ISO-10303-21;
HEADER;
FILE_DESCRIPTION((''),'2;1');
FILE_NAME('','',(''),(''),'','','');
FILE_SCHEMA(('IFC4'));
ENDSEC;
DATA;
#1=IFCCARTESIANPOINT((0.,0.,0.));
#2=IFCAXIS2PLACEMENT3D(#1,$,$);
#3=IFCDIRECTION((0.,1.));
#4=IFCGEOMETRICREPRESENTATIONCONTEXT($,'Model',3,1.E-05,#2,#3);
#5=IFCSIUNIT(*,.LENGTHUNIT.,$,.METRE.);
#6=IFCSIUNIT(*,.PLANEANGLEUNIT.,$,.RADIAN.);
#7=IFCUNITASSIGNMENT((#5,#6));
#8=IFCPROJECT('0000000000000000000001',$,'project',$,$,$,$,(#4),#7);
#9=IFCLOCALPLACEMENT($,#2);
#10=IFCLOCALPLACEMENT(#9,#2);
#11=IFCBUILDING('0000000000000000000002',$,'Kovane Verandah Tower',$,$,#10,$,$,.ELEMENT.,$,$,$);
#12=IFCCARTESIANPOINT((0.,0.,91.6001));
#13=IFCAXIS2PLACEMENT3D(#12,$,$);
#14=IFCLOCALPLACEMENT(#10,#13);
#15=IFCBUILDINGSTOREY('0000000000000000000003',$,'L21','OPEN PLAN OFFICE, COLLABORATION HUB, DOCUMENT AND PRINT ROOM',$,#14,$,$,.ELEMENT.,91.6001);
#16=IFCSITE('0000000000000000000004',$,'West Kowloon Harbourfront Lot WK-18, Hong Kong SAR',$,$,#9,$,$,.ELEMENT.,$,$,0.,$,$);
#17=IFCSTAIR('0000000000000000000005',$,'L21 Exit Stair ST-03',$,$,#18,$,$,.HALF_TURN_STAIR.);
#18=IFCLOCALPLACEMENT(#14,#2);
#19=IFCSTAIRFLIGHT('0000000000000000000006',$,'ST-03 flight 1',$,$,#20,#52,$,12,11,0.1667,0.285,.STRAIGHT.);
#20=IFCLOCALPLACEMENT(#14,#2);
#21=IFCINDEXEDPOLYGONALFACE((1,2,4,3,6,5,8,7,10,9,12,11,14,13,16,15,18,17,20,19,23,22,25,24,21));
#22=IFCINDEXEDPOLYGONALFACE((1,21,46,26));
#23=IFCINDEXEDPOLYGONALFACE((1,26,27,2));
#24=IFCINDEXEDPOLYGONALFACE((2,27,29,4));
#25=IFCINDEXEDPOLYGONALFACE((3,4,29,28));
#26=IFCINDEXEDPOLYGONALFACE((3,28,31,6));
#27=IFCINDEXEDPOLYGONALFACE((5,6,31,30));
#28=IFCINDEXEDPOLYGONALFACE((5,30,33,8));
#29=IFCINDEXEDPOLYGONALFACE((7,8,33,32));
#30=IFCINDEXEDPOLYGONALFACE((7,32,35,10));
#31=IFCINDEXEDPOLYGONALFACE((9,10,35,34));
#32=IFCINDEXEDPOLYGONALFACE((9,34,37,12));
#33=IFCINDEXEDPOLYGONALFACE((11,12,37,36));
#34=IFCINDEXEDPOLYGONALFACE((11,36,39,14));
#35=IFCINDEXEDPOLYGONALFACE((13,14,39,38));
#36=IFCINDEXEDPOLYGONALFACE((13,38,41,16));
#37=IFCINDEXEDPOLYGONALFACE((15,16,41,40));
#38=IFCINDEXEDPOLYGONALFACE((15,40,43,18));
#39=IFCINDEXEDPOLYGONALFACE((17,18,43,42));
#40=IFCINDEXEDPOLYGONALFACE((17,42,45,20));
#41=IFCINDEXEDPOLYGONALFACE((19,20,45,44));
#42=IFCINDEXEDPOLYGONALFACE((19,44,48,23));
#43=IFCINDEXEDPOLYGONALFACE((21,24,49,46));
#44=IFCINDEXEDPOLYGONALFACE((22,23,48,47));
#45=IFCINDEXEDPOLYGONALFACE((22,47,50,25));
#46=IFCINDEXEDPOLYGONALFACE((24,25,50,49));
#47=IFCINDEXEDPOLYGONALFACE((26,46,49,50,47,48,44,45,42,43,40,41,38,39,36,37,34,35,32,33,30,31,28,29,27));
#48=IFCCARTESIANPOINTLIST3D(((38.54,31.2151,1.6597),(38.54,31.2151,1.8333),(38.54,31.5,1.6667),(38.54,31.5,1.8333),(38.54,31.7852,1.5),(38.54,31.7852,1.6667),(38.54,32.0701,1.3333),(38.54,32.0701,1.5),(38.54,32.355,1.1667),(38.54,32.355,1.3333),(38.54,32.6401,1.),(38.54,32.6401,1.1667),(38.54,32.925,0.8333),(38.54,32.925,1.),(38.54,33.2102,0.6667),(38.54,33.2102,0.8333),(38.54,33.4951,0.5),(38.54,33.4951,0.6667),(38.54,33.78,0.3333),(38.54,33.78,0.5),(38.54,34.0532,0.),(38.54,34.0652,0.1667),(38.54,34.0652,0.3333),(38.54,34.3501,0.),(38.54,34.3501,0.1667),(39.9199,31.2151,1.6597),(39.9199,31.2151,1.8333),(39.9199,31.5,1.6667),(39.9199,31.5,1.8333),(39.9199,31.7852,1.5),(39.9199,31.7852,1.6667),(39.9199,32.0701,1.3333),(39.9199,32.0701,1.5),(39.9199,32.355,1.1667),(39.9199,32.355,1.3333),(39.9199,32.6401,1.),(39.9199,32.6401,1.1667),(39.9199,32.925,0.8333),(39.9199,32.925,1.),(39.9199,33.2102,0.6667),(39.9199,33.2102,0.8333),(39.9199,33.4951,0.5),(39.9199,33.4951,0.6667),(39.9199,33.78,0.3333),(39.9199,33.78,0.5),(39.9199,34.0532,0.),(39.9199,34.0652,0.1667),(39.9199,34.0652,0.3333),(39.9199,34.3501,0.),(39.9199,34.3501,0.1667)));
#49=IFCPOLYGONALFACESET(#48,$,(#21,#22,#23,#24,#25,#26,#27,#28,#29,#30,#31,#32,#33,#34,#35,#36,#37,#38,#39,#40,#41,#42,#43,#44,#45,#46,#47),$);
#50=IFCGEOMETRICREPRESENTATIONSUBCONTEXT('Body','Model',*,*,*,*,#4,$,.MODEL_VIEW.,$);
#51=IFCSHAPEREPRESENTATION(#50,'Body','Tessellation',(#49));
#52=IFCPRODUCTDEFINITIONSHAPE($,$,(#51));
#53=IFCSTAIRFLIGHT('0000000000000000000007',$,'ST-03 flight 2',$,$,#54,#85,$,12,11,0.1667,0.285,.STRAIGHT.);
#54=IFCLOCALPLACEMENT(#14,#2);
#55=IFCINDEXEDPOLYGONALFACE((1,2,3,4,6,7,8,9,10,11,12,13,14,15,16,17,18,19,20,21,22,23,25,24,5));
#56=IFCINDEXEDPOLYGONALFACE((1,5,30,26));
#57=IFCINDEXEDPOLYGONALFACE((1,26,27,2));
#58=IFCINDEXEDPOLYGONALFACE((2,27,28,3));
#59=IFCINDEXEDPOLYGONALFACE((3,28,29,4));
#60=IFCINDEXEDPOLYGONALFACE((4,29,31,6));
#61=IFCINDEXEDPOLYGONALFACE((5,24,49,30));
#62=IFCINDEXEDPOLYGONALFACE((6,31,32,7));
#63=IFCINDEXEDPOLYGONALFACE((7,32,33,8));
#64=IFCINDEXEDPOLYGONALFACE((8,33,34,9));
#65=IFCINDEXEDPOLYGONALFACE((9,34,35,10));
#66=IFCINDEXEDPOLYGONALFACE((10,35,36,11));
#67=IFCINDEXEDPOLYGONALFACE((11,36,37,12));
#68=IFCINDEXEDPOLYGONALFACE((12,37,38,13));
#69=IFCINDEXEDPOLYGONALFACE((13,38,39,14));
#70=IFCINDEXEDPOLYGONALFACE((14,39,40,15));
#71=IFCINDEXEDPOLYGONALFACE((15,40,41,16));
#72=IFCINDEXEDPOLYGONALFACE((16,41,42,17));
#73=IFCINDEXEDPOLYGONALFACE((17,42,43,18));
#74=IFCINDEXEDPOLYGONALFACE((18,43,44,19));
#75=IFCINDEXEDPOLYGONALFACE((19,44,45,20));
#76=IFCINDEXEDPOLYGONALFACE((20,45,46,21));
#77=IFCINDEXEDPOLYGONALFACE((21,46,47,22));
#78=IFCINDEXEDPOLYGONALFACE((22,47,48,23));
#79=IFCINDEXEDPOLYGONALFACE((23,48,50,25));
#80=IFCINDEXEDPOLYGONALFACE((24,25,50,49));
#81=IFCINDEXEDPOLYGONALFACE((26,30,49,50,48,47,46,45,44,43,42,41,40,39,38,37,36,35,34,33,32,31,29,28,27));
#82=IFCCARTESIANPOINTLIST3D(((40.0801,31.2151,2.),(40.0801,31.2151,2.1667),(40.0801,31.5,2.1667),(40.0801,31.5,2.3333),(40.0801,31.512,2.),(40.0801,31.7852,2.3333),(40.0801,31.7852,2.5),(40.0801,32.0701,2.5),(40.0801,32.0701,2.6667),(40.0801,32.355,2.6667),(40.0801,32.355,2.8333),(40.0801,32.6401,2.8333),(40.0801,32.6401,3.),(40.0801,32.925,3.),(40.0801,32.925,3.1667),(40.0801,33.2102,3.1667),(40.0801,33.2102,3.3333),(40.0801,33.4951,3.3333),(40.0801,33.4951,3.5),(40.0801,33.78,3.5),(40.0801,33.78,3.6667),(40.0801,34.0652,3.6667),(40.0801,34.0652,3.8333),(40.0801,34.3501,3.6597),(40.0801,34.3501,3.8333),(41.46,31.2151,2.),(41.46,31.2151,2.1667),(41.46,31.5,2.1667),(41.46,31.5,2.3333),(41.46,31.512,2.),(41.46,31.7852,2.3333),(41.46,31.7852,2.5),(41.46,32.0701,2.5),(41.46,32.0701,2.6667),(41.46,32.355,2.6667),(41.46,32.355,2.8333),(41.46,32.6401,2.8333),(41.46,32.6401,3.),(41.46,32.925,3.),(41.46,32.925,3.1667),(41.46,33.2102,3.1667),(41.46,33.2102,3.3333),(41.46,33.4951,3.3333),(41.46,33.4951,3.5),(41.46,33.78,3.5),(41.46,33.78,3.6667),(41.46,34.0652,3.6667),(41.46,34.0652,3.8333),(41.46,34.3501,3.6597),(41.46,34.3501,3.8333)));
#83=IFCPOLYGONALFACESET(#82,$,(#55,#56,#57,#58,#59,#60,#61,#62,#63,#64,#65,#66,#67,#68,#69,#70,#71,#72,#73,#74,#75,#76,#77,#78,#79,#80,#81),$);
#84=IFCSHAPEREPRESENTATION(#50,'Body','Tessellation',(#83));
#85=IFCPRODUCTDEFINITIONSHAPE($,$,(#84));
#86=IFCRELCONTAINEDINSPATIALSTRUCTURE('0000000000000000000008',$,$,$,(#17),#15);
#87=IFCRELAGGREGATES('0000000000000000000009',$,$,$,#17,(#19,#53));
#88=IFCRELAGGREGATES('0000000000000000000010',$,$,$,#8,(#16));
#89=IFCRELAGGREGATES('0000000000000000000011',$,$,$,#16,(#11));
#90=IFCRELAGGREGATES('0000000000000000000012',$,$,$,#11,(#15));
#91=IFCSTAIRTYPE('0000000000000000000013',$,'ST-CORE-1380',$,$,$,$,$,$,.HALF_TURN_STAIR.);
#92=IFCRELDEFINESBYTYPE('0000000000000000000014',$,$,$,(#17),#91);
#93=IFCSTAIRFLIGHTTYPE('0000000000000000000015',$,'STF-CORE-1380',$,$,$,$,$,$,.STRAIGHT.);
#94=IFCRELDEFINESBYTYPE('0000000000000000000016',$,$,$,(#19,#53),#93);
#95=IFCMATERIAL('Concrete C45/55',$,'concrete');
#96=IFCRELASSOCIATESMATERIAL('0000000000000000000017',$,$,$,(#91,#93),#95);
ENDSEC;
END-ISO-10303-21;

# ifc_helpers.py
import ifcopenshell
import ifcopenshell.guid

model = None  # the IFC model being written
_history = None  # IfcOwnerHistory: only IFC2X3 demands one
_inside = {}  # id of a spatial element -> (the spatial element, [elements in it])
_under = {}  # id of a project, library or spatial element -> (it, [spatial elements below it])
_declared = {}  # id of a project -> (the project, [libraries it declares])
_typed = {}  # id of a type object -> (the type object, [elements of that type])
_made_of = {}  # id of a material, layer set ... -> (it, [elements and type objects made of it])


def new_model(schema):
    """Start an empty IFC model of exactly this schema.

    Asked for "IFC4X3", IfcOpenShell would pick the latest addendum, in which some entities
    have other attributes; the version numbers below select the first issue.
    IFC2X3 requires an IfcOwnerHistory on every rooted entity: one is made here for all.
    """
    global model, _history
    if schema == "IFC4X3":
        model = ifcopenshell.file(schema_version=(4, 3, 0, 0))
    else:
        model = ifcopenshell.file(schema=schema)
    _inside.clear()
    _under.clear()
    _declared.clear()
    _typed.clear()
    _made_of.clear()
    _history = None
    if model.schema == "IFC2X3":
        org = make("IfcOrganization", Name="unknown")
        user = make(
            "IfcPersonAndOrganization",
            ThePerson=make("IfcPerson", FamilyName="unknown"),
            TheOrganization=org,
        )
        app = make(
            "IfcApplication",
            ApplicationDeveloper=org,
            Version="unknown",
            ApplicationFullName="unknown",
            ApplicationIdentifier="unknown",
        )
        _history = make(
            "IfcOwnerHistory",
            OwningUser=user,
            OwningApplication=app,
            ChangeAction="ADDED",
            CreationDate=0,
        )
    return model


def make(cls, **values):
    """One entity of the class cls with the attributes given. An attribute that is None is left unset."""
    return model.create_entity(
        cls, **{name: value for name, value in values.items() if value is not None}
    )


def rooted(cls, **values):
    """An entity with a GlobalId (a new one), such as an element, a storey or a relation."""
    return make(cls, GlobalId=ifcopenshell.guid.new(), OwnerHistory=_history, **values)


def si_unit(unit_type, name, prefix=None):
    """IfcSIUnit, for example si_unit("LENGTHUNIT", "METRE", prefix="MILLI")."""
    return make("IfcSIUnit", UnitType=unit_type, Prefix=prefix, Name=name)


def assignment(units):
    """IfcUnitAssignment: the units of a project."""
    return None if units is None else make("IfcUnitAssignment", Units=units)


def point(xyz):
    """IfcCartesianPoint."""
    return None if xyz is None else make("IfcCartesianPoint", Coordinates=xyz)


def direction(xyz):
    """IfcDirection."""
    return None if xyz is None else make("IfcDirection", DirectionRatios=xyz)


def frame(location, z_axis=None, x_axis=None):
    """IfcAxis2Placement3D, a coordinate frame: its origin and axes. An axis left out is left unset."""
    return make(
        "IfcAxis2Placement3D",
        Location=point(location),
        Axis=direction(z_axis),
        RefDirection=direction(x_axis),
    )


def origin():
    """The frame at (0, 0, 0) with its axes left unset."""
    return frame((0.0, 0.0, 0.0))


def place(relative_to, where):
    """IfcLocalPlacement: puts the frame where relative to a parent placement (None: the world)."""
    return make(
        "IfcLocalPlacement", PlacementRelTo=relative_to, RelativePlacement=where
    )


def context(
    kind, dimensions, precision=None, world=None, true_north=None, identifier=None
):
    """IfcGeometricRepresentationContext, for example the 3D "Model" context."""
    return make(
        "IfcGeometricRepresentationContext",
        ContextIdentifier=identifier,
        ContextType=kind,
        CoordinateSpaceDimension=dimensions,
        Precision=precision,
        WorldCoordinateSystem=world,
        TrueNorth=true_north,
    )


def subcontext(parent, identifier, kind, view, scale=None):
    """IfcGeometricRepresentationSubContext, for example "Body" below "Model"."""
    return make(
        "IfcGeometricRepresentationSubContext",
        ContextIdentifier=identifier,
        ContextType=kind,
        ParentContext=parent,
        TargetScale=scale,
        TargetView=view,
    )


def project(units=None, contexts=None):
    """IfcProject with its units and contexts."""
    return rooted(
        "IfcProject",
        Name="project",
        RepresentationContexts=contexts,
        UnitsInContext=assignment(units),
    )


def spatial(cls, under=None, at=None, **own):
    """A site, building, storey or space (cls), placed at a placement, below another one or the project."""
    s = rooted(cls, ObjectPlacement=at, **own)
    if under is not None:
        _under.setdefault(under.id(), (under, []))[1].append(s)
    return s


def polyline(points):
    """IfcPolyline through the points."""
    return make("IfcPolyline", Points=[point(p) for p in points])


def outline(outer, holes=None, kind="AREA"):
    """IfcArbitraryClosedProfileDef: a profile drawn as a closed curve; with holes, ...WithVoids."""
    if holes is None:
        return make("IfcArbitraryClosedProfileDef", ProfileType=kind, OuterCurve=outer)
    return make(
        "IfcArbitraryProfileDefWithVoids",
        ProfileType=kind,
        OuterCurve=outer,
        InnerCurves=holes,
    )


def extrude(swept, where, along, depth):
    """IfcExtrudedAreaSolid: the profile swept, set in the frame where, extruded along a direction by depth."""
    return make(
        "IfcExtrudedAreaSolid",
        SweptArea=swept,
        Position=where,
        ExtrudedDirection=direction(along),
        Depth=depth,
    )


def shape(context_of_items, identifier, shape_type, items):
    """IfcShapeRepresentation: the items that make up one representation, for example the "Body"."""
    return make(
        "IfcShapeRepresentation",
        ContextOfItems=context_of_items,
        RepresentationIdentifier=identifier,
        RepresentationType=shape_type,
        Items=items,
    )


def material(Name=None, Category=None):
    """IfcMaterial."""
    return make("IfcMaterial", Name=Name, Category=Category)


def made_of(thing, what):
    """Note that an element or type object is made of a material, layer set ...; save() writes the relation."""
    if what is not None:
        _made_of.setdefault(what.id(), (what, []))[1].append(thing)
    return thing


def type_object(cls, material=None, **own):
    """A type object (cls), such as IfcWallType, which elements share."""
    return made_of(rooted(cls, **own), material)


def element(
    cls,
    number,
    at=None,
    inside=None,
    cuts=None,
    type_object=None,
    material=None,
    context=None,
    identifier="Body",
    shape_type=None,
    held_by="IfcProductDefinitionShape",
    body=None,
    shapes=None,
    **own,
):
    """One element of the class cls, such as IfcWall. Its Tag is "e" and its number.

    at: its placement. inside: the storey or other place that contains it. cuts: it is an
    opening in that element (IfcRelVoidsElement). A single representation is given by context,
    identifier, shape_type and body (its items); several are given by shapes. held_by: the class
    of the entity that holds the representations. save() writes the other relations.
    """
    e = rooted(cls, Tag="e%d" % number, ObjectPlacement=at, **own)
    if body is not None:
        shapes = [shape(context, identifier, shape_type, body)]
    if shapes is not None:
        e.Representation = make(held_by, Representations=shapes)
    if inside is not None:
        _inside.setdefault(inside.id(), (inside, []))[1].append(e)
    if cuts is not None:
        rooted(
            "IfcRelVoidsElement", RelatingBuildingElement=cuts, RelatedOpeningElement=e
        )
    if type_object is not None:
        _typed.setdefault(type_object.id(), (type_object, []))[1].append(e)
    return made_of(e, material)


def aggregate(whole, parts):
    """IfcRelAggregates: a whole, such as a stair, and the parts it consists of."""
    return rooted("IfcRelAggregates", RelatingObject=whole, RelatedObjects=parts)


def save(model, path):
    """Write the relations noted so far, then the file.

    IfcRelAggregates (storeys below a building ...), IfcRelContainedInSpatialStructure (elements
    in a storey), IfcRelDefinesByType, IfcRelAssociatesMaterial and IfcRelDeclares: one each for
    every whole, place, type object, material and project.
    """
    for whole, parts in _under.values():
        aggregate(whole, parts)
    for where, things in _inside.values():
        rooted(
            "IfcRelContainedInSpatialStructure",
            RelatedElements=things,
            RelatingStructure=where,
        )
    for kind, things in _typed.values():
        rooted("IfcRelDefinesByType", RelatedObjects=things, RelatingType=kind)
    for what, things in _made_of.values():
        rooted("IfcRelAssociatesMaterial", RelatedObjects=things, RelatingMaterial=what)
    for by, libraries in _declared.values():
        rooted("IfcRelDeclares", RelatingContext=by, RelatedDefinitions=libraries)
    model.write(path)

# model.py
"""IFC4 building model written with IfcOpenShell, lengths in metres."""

from ifc_helpers import new_model, si_unit, direction, frame, origin, place, context, subcontext, project, spatial, polyline, outline, extrude, material, type_object, element, aggregate, save


model = new_model("IFC4")

# Units and contexts
model_context = context("Model", 3, precision=1e-05, world=origin(), true_north=direction((0.0, 1.0)))
body_context = subcontext(model_context, "Body", "Model", "MODEL_VIEW")
ifc_project = project(units=[si_unit("LENGTHUNIT", "METRE"), si_unit("PLANEANGLEUNIT", "RADIAN")], contexts=[model_context])

# Site, building, storey
site_placement = place(None, origin())
site = spatial("IfcSite", under=ifc_project, at=site_placement, Name="West Kowloon Harbourfront Lot WK-18, Hong Kong SAR", CompositionType="ELEMENT", RefElevation=0.0)
building_placement = place(site_placement, origin())
building = spatial("IfcBuilding", under=site, at=building_placement, Name="Kovane Verandah Tower", CompositionType="ELEMENT")
storey_placement = place(building_placement, frame((0.0, 0.0, 91.6001)))
storey = spatial("IfcBuildingStorey", under=building, at=storey_placement, Name="L21", Description="OPEN PLAN OFFICE, COLLABORATION HUB, DOCUMENT AND PRINT ROOM", CompositionType="ELEMENT", Elevation=91.6001)

# Stair, stair flights
ifc_material_1 = material(Name="Concrete C45/55", Category="concrete")
stair_type = type_object("IfcStairType", Name="ST-CORE-1380", PredefinedType="HALF_TURN_STAIR", material=ifc_material_1)
stair_placement = place(storey_placement, origin())
stair = element("IfcStair", 1, at=stair_placement, inside=storey, type_object=stair_type, Name="L21 Exit Stair ST-03", PredefinedType="HALF_TURN_STAIR")
stair_flight_type = type_object("IfcStairFlightType", Name="STF-CORE-1380", PredefinedType="STRAIGHT", material=ifc_material_1)
stair_flight_1_placement = place(storey_placement, frame((39.23, 34.3501, 0.0), z_axis=(0.0, 0.0, 1.0), x_axis=(0.0, -1.0, 0.0)))
stair_flight_1 = element("IfcStairFlight", 2, at=stair_flight_1_placement, type_object=stair_flight_type, Name="ST-03 flight 1", NumberOfRisers=12, NumberOfTreads=11, PredefinedType="STRAIGHT", RiserHeight=0.1667, TreadLength=0.285, context=body_context, shape_type="SweptSolid", body=[
    extrude(outline(polyline([(0.0, 0.0), (0.0, 0.1667), (0.2849, 0.1667), (0.2849, 0.3333), (0.5701, 0.3333), (0.5701, 0.5), (0.855, 0.5), (0.855, 0.6667), (1.1399, 0.6667), (1.1399, 0.8333), (1.425, 0.8333), (1.425, 1.0), (1.71, 1.0), (1.71, 1.1667), (1.9951, 1.1667), (1.9951, 1.3333), (2.28, 1.3333), (2.28, 1.5), (2.5649, 1.5), (2.5649, 1.6667), (2.8501, 1.6667), (2.8501, 1.8333), (3.135, 1.8333), (3.135, 2.0), (3.135, 1.6597), (0.2969, 0.0), (0.0, 0.0)])), frame((0.0, 0.6899, 0.0), z_axis=(0.0, -1.0, 0.0), x_axis=(1.0, 0.0, 0.0)), (0.0, 0.0, 1.0), 1.3799),
])
stair_flight_2_placement = place(storey_placement, frame((40.77, 31.2151, 2.0), z_axis=(0.0, 0.0, 1.0), x_axis=(0.0, 1.0, 0.0)))
stair_flight_2 = element("IfcStairFlight", 3, at=stair_flight_2_placement, type_object=stair_flight_type, Name="ST-03 flight 2", NumberOfRisers=12, NumberOfTreads=11, PredefinedType="STRAIGHT", RiserHeight=0.1667, TreadLength=0.285, context=body_context, shape_type="SweptSolid", body=[
    extrude(outline(polyline([(0.0, 0.0), (0.0, 0.1667), (0.2849, 0.1667), (0.2849, 0.3333), (0.5701, 0.3333), (0.5701, 0.5), (0.855, 0.5), (0.855, 0.6667), (1.1399, 0.6667), (1.1399, 0.8333), (1.425, 0.8333), (1.425, 1.0), (1.71, 1.0), (1.71, 1.1667), (1.9951, 1.1667), (1.9951, 1.3333), (2.28, 1.3333), (2.28, 1.5), (2.5649, 1.5), (2.5649, 1.6667), (2.8501, 1.6667), (2.8501, 1.8333), (3.135, 1.8333), (3.135, 2.0), (3.135, 1.6597), (0.2969, 0.0), (0.0, 0.0)])), frame((0.0, 0.6899, 0.0), z_axis=(0.0, -1.0, 0.0), x_axis=(1.0, 0.0, 0.0)), (0.0, 0.0, 1.0), 1.3799),
])
aggregate(stair, [stair_flight_1, stair_flight_2])

save(model, "model.ifc")
